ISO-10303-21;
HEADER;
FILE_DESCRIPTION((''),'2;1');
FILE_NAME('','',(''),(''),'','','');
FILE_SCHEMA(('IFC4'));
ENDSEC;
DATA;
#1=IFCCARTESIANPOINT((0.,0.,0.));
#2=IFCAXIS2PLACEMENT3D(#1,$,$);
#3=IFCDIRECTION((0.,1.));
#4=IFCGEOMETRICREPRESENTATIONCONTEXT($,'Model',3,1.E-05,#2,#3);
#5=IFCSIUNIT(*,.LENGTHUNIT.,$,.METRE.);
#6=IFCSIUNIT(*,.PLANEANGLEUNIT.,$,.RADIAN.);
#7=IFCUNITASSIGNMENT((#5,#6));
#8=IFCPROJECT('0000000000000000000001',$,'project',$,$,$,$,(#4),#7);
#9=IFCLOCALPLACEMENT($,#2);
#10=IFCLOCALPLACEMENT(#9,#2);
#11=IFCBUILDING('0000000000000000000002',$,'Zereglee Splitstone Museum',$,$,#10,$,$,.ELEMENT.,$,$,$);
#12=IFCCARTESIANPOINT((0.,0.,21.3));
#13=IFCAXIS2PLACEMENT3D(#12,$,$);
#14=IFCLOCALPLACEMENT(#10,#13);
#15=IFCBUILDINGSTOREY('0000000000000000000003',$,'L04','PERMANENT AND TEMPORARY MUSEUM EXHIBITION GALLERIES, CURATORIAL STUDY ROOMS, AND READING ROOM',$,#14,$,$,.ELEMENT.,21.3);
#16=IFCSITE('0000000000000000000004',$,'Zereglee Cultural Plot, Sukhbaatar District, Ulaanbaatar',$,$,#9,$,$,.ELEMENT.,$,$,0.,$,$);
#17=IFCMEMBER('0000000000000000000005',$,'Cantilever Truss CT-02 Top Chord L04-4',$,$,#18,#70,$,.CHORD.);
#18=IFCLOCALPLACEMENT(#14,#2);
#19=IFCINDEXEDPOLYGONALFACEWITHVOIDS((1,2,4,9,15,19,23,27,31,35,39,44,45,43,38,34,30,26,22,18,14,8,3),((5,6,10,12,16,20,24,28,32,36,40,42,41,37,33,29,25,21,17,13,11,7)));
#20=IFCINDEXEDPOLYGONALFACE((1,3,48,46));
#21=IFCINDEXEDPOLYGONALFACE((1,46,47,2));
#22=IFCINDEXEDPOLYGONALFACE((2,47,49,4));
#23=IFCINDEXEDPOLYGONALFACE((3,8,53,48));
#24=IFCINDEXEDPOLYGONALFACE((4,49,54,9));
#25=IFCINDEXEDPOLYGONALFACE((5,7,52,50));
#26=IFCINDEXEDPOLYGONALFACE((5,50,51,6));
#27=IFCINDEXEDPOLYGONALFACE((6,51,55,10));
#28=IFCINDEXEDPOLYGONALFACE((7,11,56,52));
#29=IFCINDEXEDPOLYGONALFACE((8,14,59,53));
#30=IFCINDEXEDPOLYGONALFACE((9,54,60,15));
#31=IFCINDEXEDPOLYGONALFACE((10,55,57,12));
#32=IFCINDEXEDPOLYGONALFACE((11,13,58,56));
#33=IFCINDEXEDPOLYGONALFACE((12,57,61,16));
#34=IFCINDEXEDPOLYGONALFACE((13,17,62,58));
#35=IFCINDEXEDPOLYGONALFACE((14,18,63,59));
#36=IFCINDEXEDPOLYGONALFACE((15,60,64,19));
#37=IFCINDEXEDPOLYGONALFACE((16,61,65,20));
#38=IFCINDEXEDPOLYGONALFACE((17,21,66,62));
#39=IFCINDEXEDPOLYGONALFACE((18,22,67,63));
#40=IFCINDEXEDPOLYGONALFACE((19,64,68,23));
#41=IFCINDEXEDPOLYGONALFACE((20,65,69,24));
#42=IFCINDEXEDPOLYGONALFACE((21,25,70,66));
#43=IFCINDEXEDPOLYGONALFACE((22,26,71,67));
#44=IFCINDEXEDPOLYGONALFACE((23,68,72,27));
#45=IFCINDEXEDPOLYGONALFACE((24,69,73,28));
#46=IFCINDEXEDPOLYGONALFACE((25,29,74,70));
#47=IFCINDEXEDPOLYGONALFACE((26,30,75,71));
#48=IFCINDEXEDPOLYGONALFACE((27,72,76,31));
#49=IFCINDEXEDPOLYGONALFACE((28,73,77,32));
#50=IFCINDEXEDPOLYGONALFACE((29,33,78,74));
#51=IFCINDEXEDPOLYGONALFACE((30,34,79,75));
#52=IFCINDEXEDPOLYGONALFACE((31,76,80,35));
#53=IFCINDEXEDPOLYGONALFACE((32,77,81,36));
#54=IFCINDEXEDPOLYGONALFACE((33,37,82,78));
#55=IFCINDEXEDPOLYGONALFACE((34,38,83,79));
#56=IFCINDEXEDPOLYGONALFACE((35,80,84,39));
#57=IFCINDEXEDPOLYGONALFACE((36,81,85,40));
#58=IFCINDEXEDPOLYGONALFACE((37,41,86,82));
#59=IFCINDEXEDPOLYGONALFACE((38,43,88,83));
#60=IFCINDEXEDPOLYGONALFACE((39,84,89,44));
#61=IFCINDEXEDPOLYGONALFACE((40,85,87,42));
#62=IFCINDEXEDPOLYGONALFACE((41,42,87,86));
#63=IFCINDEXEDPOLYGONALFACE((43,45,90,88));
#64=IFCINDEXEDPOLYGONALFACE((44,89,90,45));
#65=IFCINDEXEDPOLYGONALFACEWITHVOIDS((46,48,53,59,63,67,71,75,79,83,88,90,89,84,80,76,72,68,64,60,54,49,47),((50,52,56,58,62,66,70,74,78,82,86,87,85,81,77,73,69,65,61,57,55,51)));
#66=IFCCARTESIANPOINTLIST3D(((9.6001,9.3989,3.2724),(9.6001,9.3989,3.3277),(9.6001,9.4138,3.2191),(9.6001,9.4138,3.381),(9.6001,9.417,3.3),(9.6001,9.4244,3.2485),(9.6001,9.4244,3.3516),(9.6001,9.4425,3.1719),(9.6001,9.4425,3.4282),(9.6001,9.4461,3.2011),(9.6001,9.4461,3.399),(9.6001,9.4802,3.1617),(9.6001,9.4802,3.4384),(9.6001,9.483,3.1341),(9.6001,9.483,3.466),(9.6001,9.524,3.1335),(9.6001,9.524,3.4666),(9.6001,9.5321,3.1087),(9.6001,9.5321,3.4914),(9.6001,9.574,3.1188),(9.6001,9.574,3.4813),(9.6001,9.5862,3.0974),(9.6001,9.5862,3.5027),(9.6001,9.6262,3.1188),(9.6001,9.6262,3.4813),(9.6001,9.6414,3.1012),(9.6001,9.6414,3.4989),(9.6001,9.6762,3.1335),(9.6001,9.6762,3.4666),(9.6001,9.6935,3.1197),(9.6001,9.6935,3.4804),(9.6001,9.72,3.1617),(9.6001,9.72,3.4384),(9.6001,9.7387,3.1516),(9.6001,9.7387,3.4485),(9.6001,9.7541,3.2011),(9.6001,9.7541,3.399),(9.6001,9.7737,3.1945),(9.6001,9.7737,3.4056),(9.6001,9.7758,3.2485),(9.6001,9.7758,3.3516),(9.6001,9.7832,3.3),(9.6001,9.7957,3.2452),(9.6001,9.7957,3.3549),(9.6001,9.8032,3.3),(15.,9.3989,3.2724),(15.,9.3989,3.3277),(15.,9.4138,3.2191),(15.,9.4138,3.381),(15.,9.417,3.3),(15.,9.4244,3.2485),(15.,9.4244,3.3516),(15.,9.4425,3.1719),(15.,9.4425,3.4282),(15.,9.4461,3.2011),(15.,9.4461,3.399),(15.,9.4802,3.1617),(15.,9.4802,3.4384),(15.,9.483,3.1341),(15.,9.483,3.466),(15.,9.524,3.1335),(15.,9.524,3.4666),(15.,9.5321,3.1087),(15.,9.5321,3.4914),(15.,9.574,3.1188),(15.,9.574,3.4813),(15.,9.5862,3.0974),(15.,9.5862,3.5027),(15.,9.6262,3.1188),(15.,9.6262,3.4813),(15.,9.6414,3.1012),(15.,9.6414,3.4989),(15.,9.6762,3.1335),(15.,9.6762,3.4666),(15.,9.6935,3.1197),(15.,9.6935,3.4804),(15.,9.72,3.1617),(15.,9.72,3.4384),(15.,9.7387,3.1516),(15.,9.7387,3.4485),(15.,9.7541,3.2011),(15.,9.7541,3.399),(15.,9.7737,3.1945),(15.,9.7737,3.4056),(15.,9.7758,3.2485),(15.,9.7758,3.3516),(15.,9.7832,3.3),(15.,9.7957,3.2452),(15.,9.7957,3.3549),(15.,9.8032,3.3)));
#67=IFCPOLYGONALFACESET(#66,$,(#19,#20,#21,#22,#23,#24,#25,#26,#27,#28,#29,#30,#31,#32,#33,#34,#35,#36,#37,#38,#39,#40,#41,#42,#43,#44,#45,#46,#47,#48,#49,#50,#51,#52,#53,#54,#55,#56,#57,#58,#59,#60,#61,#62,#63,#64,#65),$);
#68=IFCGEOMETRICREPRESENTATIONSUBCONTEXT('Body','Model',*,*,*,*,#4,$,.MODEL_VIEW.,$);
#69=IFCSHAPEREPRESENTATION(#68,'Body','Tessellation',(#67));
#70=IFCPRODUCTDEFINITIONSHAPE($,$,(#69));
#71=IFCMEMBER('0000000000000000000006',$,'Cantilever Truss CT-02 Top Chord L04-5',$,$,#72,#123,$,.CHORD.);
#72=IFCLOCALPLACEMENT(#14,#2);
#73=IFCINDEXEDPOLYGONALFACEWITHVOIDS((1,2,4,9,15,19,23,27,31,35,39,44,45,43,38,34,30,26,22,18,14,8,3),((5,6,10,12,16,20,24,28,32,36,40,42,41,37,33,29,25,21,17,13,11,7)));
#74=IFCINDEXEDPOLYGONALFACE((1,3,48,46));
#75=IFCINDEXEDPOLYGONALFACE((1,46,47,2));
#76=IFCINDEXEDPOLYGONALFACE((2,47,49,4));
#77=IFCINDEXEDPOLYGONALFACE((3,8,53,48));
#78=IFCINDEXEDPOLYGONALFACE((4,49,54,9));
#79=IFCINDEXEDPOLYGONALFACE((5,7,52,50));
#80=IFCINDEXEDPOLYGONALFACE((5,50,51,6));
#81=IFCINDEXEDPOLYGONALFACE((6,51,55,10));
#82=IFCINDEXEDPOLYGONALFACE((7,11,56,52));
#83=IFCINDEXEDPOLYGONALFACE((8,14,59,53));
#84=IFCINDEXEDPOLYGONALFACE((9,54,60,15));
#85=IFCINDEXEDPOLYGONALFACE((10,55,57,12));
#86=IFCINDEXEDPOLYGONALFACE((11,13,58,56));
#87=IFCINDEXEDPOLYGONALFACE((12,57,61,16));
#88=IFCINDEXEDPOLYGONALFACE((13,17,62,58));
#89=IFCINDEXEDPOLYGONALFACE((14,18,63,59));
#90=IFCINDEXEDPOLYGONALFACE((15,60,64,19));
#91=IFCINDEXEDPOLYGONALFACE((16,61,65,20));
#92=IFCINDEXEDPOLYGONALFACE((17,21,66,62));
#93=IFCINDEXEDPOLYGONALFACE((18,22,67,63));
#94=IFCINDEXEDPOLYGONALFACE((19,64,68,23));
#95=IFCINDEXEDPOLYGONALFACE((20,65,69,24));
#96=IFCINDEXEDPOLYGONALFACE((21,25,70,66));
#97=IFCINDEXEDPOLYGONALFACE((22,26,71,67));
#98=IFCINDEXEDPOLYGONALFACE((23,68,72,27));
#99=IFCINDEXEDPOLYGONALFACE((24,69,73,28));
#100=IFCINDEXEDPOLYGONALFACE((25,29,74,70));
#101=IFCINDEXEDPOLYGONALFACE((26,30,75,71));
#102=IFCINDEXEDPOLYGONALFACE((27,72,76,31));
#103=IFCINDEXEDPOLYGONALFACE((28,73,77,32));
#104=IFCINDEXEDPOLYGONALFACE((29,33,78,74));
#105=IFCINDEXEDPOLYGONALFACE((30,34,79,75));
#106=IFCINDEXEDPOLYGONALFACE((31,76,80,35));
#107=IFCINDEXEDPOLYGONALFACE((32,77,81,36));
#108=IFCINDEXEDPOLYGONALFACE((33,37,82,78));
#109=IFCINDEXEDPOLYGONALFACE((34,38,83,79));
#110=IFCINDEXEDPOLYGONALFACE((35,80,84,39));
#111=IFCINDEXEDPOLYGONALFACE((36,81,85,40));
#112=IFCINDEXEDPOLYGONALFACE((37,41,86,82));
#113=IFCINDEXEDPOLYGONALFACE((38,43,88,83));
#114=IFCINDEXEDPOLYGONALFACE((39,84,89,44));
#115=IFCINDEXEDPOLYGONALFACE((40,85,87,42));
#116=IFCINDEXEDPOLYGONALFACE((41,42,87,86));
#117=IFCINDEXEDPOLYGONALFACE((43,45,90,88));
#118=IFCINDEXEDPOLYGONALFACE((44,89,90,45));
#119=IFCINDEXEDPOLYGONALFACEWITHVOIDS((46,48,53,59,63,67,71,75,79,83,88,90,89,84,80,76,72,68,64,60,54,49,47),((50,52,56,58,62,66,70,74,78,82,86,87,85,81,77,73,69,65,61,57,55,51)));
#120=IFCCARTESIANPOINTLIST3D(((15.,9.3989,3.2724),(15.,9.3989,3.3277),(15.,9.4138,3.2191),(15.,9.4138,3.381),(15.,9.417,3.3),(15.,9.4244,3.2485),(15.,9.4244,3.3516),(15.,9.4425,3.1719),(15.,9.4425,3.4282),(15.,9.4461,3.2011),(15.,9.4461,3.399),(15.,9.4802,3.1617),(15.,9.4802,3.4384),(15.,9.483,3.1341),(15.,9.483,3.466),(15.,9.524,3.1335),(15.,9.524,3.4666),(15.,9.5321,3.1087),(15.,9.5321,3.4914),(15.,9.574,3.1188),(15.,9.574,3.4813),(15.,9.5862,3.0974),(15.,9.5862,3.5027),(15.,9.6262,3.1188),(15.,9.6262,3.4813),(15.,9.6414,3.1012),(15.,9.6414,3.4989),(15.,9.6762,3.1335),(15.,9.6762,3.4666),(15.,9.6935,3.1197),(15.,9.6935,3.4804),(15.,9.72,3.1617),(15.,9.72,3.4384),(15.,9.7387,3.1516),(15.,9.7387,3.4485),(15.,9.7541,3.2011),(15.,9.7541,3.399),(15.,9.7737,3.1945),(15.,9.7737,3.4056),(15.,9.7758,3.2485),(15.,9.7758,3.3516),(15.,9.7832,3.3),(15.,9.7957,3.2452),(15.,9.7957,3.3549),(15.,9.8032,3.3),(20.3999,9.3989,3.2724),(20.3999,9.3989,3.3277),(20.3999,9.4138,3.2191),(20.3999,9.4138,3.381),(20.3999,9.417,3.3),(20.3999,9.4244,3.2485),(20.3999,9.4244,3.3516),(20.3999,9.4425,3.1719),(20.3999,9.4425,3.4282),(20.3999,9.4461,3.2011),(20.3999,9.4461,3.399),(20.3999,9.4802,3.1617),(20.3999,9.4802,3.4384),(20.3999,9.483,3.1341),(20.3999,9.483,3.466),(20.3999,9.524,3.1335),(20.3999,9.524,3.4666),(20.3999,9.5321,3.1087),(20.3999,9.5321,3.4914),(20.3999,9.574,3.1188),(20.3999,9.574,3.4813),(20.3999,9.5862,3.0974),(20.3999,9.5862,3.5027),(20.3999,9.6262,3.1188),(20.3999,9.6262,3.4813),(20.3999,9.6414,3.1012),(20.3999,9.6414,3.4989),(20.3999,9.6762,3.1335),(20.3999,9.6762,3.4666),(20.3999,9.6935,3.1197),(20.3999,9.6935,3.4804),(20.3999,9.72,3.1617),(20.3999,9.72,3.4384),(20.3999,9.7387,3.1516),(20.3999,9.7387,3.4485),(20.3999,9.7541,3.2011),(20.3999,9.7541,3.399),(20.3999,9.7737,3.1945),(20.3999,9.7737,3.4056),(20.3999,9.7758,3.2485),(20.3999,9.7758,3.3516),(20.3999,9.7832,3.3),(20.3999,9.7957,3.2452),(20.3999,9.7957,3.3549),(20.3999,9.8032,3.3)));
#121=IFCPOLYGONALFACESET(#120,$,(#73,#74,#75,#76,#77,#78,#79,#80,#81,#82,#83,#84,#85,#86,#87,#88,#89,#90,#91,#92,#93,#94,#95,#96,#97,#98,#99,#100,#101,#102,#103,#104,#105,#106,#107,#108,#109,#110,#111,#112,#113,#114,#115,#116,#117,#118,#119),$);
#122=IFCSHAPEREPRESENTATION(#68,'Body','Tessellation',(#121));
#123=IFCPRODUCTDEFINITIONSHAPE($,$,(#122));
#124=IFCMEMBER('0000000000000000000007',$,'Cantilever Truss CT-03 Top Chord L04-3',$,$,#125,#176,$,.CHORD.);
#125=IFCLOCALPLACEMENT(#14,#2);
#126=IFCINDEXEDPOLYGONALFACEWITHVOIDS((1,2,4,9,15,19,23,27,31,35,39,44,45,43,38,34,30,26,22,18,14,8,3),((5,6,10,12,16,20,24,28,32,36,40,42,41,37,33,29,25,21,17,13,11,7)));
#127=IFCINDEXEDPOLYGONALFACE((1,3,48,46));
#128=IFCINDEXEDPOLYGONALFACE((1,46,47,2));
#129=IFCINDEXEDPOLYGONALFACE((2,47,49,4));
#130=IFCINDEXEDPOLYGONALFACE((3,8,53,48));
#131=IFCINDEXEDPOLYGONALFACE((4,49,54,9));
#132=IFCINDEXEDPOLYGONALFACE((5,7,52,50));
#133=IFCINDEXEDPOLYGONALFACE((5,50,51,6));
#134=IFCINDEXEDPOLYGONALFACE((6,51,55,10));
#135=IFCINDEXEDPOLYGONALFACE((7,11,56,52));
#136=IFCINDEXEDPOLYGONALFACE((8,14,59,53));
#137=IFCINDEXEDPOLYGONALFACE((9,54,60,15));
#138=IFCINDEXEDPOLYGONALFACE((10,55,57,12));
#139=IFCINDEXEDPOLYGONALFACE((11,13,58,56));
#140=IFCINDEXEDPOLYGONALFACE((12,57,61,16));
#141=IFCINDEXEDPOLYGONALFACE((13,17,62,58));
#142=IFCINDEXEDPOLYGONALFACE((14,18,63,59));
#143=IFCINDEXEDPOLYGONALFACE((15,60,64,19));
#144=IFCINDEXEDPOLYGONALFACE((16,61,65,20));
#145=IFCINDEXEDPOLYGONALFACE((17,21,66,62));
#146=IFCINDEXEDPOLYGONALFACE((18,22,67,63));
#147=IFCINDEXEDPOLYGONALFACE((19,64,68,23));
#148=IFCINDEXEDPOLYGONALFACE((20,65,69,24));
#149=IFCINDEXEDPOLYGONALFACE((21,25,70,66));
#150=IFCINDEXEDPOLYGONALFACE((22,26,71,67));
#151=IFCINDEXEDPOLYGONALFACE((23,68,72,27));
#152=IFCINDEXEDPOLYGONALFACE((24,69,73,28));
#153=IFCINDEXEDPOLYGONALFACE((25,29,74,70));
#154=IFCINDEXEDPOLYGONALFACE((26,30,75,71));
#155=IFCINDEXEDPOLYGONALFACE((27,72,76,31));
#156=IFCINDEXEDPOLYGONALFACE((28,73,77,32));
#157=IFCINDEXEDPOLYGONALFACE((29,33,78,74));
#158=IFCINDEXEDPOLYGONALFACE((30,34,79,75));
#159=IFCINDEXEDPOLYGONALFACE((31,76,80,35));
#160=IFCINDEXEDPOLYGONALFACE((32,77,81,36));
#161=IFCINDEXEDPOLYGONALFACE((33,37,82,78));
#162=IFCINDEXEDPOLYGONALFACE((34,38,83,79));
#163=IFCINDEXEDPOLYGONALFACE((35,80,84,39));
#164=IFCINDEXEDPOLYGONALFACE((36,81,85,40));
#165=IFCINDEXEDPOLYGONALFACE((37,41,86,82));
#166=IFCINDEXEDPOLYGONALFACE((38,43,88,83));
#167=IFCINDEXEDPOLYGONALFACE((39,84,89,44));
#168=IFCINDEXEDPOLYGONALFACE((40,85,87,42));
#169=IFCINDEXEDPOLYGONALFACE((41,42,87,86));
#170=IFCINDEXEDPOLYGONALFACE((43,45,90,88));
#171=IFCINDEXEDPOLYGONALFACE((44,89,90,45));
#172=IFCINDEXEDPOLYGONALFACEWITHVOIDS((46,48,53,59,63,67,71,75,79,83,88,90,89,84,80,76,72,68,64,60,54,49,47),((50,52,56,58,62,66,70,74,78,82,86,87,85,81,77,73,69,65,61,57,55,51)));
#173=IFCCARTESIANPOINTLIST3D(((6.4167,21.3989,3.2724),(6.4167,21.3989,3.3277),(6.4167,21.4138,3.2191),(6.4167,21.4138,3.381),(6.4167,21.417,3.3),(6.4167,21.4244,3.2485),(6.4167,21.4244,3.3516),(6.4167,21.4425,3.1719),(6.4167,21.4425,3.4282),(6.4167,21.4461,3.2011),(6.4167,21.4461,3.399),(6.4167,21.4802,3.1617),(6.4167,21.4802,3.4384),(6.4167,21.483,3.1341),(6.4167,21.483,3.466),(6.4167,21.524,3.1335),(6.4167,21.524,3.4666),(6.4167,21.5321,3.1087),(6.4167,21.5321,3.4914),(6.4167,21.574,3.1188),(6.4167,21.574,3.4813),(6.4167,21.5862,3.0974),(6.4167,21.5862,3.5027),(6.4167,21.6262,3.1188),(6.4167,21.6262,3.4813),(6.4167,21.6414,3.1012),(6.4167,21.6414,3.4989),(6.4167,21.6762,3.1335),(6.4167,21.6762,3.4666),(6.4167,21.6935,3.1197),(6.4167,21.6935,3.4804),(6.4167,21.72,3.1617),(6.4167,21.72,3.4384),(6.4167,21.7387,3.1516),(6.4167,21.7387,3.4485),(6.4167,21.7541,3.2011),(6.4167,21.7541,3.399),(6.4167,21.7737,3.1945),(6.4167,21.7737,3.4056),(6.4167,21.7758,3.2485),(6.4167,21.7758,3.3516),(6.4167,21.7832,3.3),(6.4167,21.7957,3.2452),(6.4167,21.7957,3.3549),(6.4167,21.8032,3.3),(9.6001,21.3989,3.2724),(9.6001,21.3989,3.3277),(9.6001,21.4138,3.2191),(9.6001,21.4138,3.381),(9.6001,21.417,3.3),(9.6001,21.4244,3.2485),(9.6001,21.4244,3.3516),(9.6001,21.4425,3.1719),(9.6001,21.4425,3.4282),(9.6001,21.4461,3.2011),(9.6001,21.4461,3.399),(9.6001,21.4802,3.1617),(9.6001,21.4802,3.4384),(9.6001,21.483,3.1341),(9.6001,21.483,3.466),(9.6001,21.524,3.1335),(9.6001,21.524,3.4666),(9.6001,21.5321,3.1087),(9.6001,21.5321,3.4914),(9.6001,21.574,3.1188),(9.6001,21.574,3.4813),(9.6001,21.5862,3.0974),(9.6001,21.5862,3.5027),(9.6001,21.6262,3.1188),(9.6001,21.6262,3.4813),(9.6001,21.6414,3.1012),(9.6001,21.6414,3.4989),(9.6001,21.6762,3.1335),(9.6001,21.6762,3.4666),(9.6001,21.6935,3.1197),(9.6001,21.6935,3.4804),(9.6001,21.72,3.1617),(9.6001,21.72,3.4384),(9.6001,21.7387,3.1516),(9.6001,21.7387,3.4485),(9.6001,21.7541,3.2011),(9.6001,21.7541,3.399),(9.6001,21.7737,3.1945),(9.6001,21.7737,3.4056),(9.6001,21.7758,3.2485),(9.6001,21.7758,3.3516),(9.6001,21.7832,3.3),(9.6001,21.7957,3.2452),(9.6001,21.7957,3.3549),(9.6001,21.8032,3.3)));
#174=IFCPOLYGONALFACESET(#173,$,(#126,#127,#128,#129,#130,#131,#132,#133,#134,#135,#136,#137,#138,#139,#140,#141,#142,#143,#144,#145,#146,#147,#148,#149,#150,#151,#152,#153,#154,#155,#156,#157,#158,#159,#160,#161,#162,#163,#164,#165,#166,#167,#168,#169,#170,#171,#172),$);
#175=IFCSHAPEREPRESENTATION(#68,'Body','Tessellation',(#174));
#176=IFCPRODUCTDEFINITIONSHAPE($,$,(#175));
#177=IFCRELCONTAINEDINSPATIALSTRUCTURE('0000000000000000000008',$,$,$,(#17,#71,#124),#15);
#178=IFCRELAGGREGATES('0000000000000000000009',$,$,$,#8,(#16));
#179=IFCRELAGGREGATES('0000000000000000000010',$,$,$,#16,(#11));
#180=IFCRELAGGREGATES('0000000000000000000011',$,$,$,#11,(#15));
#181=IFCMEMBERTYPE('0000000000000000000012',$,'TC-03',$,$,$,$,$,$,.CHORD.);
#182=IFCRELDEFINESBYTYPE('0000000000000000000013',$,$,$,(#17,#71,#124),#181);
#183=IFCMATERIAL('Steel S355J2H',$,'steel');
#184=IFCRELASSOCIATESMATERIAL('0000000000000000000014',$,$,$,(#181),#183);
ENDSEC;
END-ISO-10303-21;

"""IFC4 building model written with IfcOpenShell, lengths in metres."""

from ifc_helpers import new_model, si_unit, direction, frame, origin, origin_2d, place, context, subcontext, project, spatial, hollow_circle, extrude, material, material_profile, profile_set, type_object, element, save


model = new_model("IFC4")

# Units and contexts
model_context = context("Model", 3, precision=1e-05, world=origin(), true_north=direction((0.0, 1.0)))
body_context = subcontext(model_context, "Body", "Model", "MODEL_VIEW")
ifc_project = project(units=[si_unit("LENGTHUNIT", "METRE"), si_unit("PLANEANGLEUNIT", "RADIAN")], contexts=[model_context])

# Site, building, storey
site_placement = place(None, origin())
site = spatial("IfcSite", under=ifc_project, at=site_placement, Name="Zereglee Cultural Plot, Sukhbaatar District, Ulaanbaatar", CompositionType="ELEMENT", RefElevation=0.0)
building_placement = place(site_placement, origin())
building = spatial("IfcBuilding", under=site, at=building_placement, Name="Zereglee Splitstone Museum", CompositionType="ELEMENT")
storey_placement = place(building_placement, frame((0.0, 0.0, 21.3)))
storey = spatial("IfcBuildingStorey", under=building, at=storey_placement, Name="L04", Description="PERMANENT AND TEMPORARY MUSEUM EXHIBITION GALLERIES, CURATORIAL STUDY ROOMS, AND READING ROOM", CompositionType="ELEMENT", Elevation=21.3)

# Shared definitions
ifc_material_1 = material(Name="Steel S355J2H", Category="steel")

# Members
ifc_material_profile_1 = material_profile(ifc_material_1, hollow_circle(Radius=0.2031, WallThickness=0.02, at=origin_2d()), Name="CHS 406.4x20")
ifc_profile_set_1 = profile_set([ifc_material_profile_1], Name="Steel S355J2H")
member_type_1 = type_object("IfcMemberType", Name="TC-03", PredefinedType="CHORD", material=ifc_profile_set_1)
for number, where, z_axis, x_axis, name in (
    (1, (9.6001, 9.6001, 3.3), (1.0, 0.0, 0.0), (0.0, 1.0, 0.0), "Cantilever Truss CT-02 Top Chord L04-4"),
    (2, (15.0, 9.6001, 3.3), (1.0, 0.0, 0.0), (0.0, 1.0, 0.0), "Cantilever Truss CT-02 Top Chord L04-5"),
):
    element("IfcMember", number, at=place(storey_placement, frame(where, z_axis=z_axis, x_axis=x_axis)), inside=storey, type_object=member_type_1, Name=name, PredefinedType="CHORD", context=body_context, shape_type="SweptSolid", body=[
        extrude(hollow_circle(Radius=0.2031, WallThickness=0.02, at=origin_2d()), origin(), (0.0, 0.0, 1.0), 5.3999),
    ])
member_1_placement = place(storey_placement, frame((6.4167, 21.6001, 3.3), z_axis=(1.0, 0.0, 0.0), x_axis=(0.0, 1.0, 0.0)))
element("IfcMember", 3, at=member_1_placement, inside=storey, type_object=member_type_1, Name="Cantilever Truss CT-03 Top Chord L04-3", PredefinedType="CHORD", context=body_context, shape_type="SweptSolid", body=[
    extrude(hollow_circle(Radius=0.2031, WallThickness=0.02, at=origin_2d()), origin(), (0.0, 0.0, 1.0), 3.1833),
])

save(model, "model.ifc")
